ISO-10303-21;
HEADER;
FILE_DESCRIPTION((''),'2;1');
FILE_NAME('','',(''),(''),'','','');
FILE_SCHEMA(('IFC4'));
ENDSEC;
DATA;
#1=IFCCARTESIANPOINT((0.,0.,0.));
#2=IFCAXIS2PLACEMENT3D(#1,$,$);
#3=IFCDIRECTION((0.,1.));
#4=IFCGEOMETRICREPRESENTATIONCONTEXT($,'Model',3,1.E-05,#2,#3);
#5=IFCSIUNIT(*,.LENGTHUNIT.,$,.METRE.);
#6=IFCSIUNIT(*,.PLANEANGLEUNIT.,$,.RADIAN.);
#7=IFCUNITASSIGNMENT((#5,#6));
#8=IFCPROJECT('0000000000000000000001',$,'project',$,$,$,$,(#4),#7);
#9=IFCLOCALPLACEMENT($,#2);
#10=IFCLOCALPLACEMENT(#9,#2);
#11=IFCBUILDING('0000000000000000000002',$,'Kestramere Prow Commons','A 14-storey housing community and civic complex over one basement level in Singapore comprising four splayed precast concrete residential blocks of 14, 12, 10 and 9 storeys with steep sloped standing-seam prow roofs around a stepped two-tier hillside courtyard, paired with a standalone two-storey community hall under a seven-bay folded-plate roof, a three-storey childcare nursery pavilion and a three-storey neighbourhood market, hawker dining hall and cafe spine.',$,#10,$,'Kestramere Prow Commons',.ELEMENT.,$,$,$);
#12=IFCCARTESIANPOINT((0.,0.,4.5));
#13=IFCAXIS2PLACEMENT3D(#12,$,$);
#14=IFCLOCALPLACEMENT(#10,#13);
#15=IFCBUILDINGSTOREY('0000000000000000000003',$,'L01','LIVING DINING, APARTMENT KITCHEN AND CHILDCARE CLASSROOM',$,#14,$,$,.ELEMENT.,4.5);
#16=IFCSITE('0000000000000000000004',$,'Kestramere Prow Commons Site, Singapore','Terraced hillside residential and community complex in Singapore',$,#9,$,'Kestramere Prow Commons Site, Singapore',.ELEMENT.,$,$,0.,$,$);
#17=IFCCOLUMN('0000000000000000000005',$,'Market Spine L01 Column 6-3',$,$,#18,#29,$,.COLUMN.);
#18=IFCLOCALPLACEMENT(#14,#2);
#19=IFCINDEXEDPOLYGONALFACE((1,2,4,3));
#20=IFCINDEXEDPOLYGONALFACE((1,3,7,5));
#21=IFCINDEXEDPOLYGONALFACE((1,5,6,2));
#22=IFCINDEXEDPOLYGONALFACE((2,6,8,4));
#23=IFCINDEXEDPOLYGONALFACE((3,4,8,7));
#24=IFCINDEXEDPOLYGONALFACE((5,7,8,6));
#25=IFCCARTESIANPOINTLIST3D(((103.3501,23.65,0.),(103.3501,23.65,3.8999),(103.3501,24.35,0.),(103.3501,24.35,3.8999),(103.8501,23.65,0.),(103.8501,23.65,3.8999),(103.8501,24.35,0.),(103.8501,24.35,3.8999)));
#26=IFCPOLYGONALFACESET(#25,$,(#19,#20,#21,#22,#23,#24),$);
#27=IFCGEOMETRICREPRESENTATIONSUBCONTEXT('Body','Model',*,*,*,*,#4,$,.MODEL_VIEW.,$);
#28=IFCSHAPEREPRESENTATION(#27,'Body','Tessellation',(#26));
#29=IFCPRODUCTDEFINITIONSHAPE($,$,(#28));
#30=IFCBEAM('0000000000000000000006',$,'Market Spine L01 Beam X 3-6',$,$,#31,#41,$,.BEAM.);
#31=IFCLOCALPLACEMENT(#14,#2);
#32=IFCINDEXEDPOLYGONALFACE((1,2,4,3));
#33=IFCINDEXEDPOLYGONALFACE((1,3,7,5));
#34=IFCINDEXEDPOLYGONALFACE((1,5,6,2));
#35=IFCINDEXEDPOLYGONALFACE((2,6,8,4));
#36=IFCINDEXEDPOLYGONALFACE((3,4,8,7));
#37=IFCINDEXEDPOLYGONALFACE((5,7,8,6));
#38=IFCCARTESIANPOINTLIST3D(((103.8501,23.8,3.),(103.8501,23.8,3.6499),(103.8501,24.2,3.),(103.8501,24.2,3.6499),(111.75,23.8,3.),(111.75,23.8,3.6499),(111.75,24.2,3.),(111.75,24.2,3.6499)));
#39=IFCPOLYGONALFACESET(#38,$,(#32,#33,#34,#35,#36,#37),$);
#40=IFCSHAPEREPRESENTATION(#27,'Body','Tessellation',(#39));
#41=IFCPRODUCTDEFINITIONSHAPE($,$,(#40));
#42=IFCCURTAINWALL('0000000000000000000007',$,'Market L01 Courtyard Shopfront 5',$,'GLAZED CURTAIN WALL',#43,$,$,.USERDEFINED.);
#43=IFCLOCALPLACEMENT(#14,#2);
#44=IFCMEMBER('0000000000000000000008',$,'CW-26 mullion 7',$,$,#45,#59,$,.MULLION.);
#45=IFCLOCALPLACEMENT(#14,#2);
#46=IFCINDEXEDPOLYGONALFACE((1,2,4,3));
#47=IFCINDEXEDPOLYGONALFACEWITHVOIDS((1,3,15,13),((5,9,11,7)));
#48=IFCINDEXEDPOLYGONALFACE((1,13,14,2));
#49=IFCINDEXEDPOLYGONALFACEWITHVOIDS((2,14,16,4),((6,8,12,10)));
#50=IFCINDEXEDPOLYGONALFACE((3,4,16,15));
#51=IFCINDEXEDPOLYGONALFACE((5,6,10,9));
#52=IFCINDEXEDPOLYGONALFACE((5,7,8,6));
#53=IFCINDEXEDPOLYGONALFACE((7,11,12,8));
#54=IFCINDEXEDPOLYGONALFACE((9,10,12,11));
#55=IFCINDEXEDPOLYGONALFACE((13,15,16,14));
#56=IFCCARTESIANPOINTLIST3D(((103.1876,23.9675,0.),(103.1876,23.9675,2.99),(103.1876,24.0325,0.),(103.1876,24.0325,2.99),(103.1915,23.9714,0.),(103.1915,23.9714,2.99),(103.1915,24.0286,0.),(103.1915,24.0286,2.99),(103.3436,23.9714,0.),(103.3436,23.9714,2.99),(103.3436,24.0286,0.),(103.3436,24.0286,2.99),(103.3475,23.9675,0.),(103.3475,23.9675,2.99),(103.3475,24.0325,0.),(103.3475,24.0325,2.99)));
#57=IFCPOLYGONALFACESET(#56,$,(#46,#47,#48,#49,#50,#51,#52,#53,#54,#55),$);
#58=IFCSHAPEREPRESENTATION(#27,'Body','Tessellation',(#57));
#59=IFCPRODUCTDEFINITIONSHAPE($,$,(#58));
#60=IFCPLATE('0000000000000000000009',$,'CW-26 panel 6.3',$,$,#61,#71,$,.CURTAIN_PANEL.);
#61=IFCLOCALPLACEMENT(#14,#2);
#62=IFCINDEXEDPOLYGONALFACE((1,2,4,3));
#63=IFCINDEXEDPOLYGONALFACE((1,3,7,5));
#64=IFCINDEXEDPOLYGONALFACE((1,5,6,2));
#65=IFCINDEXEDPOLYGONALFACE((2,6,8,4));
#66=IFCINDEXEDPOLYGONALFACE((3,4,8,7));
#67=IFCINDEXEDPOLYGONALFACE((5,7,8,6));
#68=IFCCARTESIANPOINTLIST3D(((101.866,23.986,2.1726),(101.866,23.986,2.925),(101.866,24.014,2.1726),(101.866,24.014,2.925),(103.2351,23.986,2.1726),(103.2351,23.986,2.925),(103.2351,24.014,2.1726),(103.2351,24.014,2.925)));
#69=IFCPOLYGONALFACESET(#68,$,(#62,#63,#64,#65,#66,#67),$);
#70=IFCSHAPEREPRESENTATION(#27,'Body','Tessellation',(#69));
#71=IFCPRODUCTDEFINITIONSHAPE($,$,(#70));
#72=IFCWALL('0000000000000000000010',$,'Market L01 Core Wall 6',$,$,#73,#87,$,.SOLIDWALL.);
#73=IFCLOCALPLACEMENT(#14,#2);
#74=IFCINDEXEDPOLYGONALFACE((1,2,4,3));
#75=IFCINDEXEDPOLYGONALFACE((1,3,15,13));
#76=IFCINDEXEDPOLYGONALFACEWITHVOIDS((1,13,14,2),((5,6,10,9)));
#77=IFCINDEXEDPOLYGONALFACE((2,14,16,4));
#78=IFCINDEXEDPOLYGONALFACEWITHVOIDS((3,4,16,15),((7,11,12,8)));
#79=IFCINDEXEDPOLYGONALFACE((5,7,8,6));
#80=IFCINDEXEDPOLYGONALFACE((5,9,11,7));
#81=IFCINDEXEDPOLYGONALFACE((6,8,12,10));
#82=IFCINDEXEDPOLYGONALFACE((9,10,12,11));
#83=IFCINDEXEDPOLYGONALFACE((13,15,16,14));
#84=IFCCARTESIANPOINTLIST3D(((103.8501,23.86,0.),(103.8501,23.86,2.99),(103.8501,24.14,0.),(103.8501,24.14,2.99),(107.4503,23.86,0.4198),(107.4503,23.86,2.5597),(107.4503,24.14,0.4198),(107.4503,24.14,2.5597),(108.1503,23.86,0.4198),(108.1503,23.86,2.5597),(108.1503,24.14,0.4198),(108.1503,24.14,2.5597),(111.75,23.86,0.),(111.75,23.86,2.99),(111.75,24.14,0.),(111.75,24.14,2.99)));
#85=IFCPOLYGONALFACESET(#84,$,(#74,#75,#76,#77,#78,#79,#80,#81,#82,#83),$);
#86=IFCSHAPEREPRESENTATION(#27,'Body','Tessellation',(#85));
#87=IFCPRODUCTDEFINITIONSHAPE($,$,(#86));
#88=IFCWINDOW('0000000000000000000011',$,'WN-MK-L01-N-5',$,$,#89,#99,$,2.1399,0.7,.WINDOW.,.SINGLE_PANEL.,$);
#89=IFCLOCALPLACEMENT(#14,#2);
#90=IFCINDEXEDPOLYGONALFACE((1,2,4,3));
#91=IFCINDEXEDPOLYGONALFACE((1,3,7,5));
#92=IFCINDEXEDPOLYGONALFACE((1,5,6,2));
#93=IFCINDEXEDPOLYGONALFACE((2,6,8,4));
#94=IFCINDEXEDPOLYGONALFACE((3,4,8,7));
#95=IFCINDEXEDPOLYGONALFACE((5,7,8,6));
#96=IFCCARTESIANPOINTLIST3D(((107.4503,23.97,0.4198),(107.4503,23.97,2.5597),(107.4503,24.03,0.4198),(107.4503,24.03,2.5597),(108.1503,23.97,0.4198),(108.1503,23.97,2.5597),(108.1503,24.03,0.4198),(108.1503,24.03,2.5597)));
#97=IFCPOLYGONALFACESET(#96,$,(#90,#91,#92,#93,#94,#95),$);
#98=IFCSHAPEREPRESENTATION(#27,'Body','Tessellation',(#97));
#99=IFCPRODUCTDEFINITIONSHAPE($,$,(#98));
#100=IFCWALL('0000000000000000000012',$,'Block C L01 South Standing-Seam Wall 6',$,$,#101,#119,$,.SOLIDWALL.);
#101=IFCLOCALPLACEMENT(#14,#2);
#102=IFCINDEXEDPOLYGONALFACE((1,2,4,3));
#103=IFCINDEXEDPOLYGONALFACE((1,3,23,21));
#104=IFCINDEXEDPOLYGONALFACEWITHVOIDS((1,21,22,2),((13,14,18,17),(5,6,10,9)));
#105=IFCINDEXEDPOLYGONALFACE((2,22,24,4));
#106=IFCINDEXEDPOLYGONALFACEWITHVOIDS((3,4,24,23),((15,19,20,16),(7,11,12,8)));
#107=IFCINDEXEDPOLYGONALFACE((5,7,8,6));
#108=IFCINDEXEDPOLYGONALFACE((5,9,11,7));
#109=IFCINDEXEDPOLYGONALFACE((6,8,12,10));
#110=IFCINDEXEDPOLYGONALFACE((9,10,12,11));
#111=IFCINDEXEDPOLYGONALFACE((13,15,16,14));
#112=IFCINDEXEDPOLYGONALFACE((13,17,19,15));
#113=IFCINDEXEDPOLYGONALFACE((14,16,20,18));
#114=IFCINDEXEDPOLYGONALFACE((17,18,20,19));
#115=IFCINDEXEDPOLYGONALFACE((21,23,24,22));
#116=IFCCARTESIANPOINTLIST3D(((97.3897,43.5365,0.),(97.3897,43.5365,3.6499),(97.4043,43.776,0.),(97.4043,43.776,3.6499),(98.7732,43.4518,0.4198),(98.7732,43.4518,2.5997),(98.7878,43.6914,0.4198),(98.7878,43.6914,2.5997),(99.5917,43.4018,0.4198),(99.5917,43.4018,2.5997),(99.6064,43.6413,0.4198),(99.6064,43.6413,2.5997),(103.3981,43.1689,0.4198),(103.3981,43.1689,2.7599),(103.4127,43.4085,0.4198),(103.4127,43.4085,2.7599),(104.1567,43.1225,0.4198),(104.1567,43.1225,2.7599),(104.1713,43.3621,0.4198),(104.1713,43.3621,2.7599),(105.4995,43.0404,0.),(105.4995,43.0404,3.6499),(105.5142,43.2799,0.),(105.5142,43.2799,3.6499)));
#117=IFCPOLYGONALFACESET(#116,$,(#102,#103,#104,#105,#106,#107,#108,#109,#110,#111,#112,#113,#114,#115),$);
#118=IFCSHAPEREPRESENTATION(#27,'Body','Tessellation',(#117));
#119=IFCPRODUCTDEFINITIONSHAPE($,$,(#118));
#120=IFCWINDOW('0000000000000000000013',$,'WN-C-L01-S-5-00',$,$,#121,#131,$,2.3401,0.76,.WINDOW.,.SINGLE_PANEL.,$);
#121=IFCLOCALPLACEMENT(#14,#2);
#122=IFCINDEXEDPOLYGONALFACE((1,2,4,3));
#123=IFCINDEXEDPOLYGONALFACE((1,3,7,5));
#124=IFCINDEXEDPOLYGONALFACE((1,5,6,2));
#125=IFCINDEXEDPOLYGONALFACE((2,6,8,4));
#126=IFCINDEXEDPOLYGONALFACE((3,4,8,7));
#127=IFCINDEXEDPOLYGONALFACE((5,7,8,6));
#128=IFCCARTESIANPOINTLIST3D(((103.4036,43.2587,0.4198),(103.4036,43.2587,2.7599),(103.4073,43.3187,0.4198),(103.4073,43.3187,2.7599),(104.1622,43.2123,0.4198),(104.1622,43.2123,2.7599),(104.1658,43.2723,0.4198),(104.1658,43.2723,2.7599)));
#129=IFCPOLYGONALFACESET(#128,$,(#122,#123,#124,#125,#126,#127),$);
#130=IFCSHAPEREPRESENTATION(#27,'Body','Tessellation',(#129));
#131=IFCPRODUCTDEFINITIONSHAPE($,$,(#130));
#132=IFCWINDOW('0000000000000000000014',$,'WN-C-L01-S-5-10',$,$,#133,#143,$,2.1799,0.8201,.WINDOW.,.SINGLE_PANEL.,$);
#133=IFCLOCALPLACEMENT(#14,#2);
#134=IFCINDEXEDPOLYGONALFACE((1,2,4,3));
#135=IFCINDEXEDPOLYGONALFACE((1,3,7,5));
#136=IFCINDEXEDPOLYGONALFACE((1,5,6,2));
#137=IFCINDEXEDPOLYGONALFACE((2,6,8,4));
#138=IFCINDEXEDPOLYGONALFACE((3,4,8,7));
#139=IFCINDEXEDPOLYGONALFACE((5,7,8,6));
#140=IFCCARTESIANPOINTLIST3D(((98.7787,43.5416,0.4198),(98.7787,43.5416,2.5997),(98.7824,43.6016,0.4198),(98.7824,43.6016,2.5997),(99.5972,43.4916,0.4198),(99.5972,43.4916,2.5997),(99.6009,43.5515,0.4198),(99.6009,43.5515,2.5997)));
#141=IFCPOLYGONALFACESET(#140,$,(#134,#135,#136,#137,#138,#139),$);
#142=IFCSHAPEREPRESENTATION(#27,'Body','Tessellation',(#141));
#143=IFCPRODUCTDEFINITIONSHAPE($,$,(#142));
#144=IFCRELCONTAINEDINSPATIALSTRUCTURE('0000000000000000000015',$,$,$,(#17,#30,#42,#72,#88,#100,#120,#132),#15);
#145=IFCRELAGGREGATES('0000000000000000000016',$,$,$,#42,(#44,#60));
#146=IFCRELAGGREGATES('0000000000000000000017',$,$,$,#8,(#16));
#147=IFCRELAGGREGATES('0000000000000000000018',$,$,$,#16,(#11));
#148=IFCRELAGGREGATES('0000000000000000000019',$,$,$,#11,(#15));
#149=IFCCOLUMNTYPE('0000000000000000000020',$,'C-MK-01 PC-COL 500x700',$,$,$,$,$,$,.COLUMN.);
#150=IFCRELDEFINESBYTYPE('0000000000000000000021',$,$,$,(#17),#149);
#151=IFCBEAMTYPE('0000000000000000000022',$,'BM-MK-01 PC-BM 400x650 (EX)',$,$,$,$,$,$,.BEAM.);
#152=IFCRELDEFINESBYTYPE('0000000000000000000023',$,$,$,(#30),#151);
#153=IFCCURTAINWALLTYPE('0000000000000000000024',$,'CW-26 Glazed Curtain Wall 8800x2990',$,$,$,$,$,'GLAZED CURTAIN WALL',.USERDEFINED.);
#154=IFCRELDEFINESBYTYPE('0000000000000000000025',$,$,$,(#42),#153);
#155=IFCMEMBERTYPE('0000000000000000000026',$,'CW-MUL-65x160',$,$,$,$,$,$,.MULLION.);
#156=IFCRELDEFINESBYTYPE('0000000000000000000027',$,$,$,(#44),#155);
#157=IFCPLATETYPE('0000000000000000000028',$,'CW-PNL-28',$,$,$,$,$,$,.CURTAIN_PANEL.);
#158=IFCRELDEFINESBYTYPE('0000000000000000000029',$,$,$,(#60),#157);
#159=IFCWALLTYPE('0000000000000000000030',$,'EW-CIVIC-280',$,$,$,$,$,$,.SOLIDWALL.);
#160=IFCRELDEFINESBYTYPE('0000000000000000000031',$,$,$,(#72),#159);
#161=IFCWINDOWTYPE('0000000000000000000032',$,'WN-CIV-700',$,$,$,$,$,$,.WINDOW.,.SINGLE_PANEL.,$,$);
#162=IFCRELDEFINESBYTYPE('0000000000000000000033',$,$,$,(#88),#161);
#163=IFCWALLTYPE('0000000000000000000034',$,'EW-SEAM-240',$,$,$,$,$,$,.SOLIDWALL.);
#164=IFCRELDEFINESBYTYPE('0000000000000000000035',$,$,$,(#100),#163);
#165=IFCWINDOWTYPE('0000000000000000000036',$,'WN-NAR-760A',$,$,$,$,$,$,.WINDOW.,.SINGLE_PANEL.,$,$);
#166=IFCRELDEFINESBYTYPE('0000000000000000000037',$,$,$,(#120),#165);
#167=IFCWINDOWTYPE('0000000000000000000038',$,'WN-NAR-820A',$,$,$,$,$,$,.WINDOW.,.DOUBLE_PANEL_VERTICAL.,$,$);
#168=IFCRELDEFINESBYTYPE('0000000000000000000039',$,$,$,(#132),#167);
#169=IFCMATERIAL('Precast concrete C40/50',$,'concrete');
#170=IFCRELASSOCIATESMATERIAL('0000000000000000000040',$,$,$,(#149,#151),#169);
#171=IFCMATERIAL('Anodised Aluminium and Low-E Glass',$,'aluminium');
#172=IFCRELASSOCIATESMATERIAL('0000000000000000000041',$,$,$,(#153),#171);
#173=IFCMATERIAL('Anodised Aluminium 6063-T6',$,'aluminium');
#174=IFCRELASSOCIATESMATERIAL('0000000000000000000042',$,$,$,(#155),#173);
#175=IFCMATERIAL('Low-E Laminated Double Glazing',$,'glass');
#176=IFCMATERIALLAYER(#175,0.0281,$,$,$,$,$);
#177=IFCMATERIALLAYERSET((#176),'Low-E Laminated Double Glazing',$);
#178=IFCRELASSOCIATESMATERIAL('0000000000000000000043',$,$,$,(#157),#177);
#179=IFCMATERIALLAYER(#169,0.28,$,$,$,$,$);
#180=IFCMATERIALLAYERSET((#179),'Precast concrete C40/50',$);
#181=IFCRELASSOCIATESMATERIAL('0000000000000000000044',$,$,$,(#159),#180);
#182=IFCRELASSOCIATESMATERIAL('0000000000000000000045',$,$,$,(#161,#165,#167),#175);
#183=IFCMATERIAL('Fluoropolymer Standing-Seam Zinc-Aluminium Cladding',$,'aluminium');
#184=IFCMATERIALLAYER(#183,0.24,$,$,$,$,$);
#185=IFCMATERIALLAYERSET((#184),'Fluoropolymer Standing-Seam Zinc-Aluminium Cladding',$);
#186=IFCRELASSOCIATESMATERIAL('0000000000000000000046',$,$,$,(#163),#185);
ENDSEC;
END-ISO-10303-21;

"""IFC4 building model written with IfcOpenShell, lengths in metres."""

from ifc_helpers import new_model, si_unit, direction, frame, frame_2d, origin, origin_2d, place, context, subcontext, project, spatial, rectangle, hollow_rectangle, extrude, material, layer, layer_set, material_profile, profile_set, type_object, element, fill, aggregate, save


model = new_model("IFC4")

# Units and contexts
model_context = context("Model", 3, precision=1e-05, world=origin(), true_north=direction((0.0, 1.0)))
body_context = subcontext(model_context, "Body", "Model", "MODEL_VIEW")
ifc_project = project(units=[si_unit("LENGTHUNIT", "METRE"), si_unit("PLANEANGLEUNIT", "RADIAN")], contexts=[model_context])

# Site, building, storey
site_placement = place(None, origin())
site = spatial("IfcSite", under=ifc_project, at=site_placement, Name="Kestramere Prow Commons Site, Singapore", Description="Terraced hillside residential and community complex in Singapore", LongName="Kestramere Prow Commons Site, Singapore", CompositionType="ELEMENT", RefElevation=0.0)
building_placement = place(site_placement, origin())
building = spatial("IfcBuilding", under=site, at=building_placement, Name="Kestramere Prow Commons", Description="A 14-storey housing community and civic complex over one basement level in Singapore comprising four splayed precast concrete residential blocks of 14, 12, 10 and 9 storeys with steep sloped standing-seam prow roofs around a stepped two-tier hillside courtyard, paired with a standalone two-storey community hall under a seven-bay folded-plate roof, a three-storey childcare nursery pavilion and a three-storey neighbourhood market, hawker dining hall and cafe spine.", LongName="Kestramere Prow Commons", CompositionType="ELEMENT")
storey_placement = place(building_placement, frame((0.0, 0.0, 4.5)))
storey = spatial("IfcBuildingStorey", under=building, at=storey_placement, Name="L01", Description="LIVING DINING, APARTMENT KITCHEN AND CHILDCARE CLASSROOM", CompositionType="ELEMENT", Elevation=4.5)

# Column
ifc_material_1 = material(Name="Precast concrete C40/50", Category="concrete")
ifc_material_profile_1 = material_profile(ifc_material_1, rectangle(XDim=0.5, YDim=0.7, at=origin_2d()), Name="PC-COL 500x700")
ifc_profile_set_1 = profile_set([ifc_material_profile_1], Name="Precast concrete C40/50")
column_type = type_object("IfcColumnType", Name="C-MK-01 PC-COL 500x700", PredefinedType="COLUMN", material=ifc_profile_set_1)
column_placement = place(storey_placement, frame((103.6001, 24.0, 0.0), z_axis=(0.0, 0.0, 1.0), x_axis=(1.0, 0.0, 0.0)))
element("IfcColumn", 1, at=column_placement, inside=storey, type_object=column_type, Name="Market Spine L01 Column 6-3", PredefinedType="COLUMN", context=body_context, shape_type="SweptSolid", body=[
    extrude(rectangle(XDim=0.5, YDim=0.7, at=origin_2d()), origin(), (0.0, 0.0, 1.0), 3.8999),
])

# Beam
ifc_material_profile_2 = material_profile(ifc_material_1, rectangle(XDim=0.3999, YDim=0.6499, at=origin_2d()), Name="PC-BM 400x650")
ifc_profile_set_2 = profile_set([ifc_material_profile_2], Name="Precast concrete C40/50")
beam_type = type_object("IfcBeamType", Name="BM-MK-01 PC-BM 400x650 (EX)", PredefinedType="BEAM", material=ifc_profile_set_2)
beam_placement = place(storey_placement, frame((103.8501, 24.0, 3.325), z_axis=(1.0, 0.0, 0.0), x_axis=(0.0, 1.0, 0.0)))
element("IfcBeam", 2, at=beam_placement, inside=storey, type_object=beam_type, Name="Market Spine L01 Beam X 3-6", PredefinedType="BEAM", context=body_context, shape_type="SweptSolid", body=[
    extrude(rectangle(XDim=0.3999, YDim=0.6499, at=origin_2d()), origin(), (0.0, 0.0, 1.0), 7.8999),
])

# Curtain wall, member, plate
ifc_material_2 = material(Name="Anodised Aluminium and Low-E Glass", Category="aluminium")
curtain_wall_type = type_object("IfcCurtainWallType", Name="CW-26 Glazed Curtain Wall 8800x2990", ElementType="GLAZED CURTAIN WALL", PredefinedType="USERDEFINED", material=ifc_material_2)
curtain_wall_placement = place(storey_placement, origin())
curtain_wall = element("IfcCurtainWall", 3, at=curtain_wall_placement, inside=storey, type_object=curtain_wall_type, Name="Market L01 Courtyard Shopfront 5", ObjectType="GLAZED CURTAIN WALL", PredefinedType="USERDEFINED")
ifc_material_3 = material(Name="Anodised Aluminium 6063-T6", Category="aluminium")
ifc_material_profile_3 = material_profile(ifc_material_3, hollow_rectangle(XDim=0.0649, YDim=0.1599, WallThickness=0.0039, at=origin_2d()), Name="ALU-MUL 65x160")
ifc_profile_set_3 = profile_set([ifc_material_profile_3], Name="Anodised Aluminium 6063-T6")
member_type = type_object("IfcMemberType", Name="CW-MUL-65x160", PredefinedType="MULLION", material=ifc_profile_set_3)
member_placement = place(storey_placement, frame((103.2676, 24.0, 0.0), z_axis=(0.0, 0.0, 1.0), x_axis=(0.0, 1.0, 0.0)))
member = element("IfcMember", 4, at=member_placement, type_object=member_type, Name="CW-26 mullion 7", PredefinedType="MULLION", context=body_context, shape_type="SweptSolid", body=[
    extrude(hollow_rectangle(XDim=0.0649, YDim=0.1599, WallThickness=0.0039, at=origin_2d()), origin(), (0.0, 0.0, 1.0), 2.99),
])
ifc_material_4 = material(Name="Low-E Laminated Double Glazing", Category="glass")
ifc_layer_1 = layer(ifc_material_4, 0.0281)
ifc_layer_set_1 = layer_set([ifc_layer_1], Name="Low-E Laminated Double Glazing")
plate_type = type_object("IfcPlateType", Name="CW-PNL-28", PredefinedType="CURTAIN_PANEL", material=ifc_layer_set_1)
plate_placement = place(storey_placement, frame((102.5505, 24.0, 2.1726), z_axis=(0.0, 0.0, 1.0), x_axis=(1.0, 0.0, 0.0)))
plate = element("IfcPlate", 5, at=plate_placement, type_object=plate_type, Name="CW-26 panel 6.3", PredefinedType="CURTAIN_PANEL", context=body_context, shape_type="SweptSolid", body=[
    extrude(rectangle(XDim=1.3691, YDim=0.0281, at=origin_2d()), origin(), (0.0, 0.0, 1.0), 0.7524),
])
aggregate(curtain_wall, [member, plate])

# Wall, opening, window
ifc_layer_2 = layer(ifc_material_1, 0.28)
ifc_layer_set_2 = layer_set([ifc_layer_2], Name="Precast concrete C40/50")
wall_type_1 = type_object("IfcWallType", Name="EW-CIVIC-280", PredefinedType="SOLIDWALL", material=ifc_layer_set_2)
wall_1_placement = place(storey_placement, frame((103.8501, 24.0, 0.0), z_axis=(0.0, 0.0, 1.0), x_axis=(1.0, 0.0, 0.0)))
wall_1 = element("IfcWall", 6, at=wall_1_placement, inside=storey, type_object=wall_type_1, Name="Market L01 Core Wall 6", PredefinedType="SOLIDWALL", context=body_context, shape_type="SweptSolid", body=[
    extrude(rectangle(XDim=7.8999, YDim=0.28, at=frame_2d((3.95, 0.0))), origin(), (0.0, 0.0, 1.0), 2.99),
])
opening_1_placement = place(wall_1_placement, frame((3.6001, 0.0, 0.4199)))
opening_1 = element("IfcOpeningElement", 7, at=opening_1_placement, cuts=wall_1, PredefinedType="OPENING", context=body_context, shape_type="SweptSolid", body=[
    extrude(rectangle(XDim=0.7, YDim=2.1399, at=frame_2d((0.3501, 1.0698))), frame((0.0, 0.155, 0.0), z_axis=(0.0, -1.0, 0.0), x_axis=(1.0, 0.0, 0.0)), (0.0, 0.0, 1.0), 0.3101),
])
window_type_1 = type_object("IfcWindowType", Name="WN-CIV-700", PartitioningType="SINGLE_PANEL", PredefinedType="WINDOW", material=ifc_material_4)
window_1_placement = place(opening_1_placement, origin())
window_1 = element("IfcWindow", 8, at=window_1_placement, inside=storey, type_object=window_type_1, Name="WN-MK-L01-N-5", OverallHeight=2.1399, OverallWidth=0.7, PartitioningType="SINGLE_PANEL", PredefinedType="WINDOW", context=body_context, shape_type="SweptSolid", body=[
    extrude(rectangle(XDim=0.7, YDim=2.1399, at=frame_2d((0.3501, 1.0698))), frame((0.0, 0.03, 0.0), z_axis=(0.0, -1.0, 0.0), x_axis=(1.0, 0.0, 0.0)), (0.0, 0.0, 1.0), 0.0601),
])
fill(opening_1, window_1)

# Wall, openings, windows
ifc_material_5 = material(Name="Fluoropolymer Standing-Seam Zinc-Aluminium Cladding", Category="aluminium")
ifc_layer_3 = layer(ifc_material_5, 0.24)
ifc_layer_set_3 = layer_set([ifc_layer_3], Name="Fluoropolymer Standing-Seam Zinc-Aluminium Cladding")
wall_type_2 = type_object("IfcWallType", Name="EW-SEAM-240", PredefinedType="SOLIDWALL", material=ifc_layer_set_3)
wall_2_placement = place(storey_placement, frame((105.5068, 43.1602, 0.0), z_axis=(0.0, 0.0, 1.0), x_axis=(-0.998134, 0.061058, 0.0)))
wall_2 = element("IfcWall", 9, at=wall_2_placement, inside=storey, type_object=wall_type_2, Name="Block C L01 South Standing-Seam Wall 6", PredefinedType="SOLIDWALL", context=body_context, shape_type="SweptSolid", body=[
    extrude(rectangle(XDim=8.125, YDim=0.24, at=frame_2d((4.0625, 0.0))), origin(), (0.0, 0.0, 1.0), 3.6499),
])
opening_2_placement = place(wall_2_placement, frame((1.3455, 0.0, 0.4199)))
opening_2 = element("IfcOpeningElement", 10, at=opening_2_placement, cuts=wall_2, PredefinedType="OPENING", context=body_context, shape_type="SweptSolid", body=[
    extrude(rectangle(XDim=0.76, YDim=2.3401, at=frame_2d((0.3799, 1.1699))), frame((0.0, 0.135, 0.0), z_axis=(0.0, -1.0, 0.0), x_axis=(1.0, 0.0, 0.0)), (0.0, 0.0, 1.0), 0.27),
])
opening_3_placement = place(wall_2_placement, frame((5.9187, 0.0, 0.4199)))
opening_3 = element("IfcOpeningElement", 11, at=opening_3_placement, cuts=wall_2, PredefinedType="OPENING", context=body_context, shape_type="SweptSolid", body=[
    extrude(rectangle(XDim=0.8201, YDim=2.1799, at=frame_2d((0.4102, 1.0898))), frame((0.0, 0.135, 0.0), z_axis=(0.0, -1.0, 0.0), x_axis=(1.0, 0.0, 0.0)), (0.0, 0.0, 1.0), 0.27),
])
window_type_2 = type_object("IfcWindowType", Name="WN-NAR-760A", PartitioningType="SINGLE_PANEL", PredefinedType="WINDOW", material=ifc_material_4)
window_2_placement = place(opening_2_placement, origin())
window_2 = element("IfcWindow", 12, at=window_2_placement, inside=storey, type_object=window_type_2, Name="WN-C-L01-S-5-00", OverallHeight=2.3401, OverallWidth=0.76, PartitioningType="SINGLE_PANEL", PredefinedType="WINDOW", context=body_context, shape_type="SweptSolid", body=[
    extrude(rectangle(XDim=0.76, YDim=2.3401, at=frame_2d((0.3799, 1.1699))), frame((0.0, 0.03, 0.0), z_axis=(0.0, -1.0, 0.0), x_axis=(1.0, 0.0, 0.0)), (0.0, 0.0, 1.0), 0.0601),
])
fill(opening_2, window_2)
window_type_3 = type_object("IfcWindowType", Name="WN-NAR-820A", PartitioningType="DOUBLE_PANEL_VERTICAL", PredefinedType="WINDOW", material=ifc_material_4)
window_3_placement = place(opening_3_placement, origin())
window_3 = element("IfcWindow", 13, at=window_3_placement, inside=storey, type_object=window_type_3, Name="WN-C-L01-S-5-10", OverallHeight=2.1799, OverallWidth=0.8201, PartitioningType="SINGLE_PANEL", PredefinedType="WINDOW", context=body_context, shape_type="SweptSolid", body=[
    extrude(rectangle(XDim=0.8201, YDim=2.1799, at=frame_2d((0.4102, 1.0898))), frame((0.0, 0.03, 0.0), z_axis=(0.0, -1.0, 0.0), x_axis=(1.0, 0.0, 0.0)), (0.0, 0.0, 1.0), 0.0601),
])
fill(opening_3, window_3)

save(model, "model.ifc")
